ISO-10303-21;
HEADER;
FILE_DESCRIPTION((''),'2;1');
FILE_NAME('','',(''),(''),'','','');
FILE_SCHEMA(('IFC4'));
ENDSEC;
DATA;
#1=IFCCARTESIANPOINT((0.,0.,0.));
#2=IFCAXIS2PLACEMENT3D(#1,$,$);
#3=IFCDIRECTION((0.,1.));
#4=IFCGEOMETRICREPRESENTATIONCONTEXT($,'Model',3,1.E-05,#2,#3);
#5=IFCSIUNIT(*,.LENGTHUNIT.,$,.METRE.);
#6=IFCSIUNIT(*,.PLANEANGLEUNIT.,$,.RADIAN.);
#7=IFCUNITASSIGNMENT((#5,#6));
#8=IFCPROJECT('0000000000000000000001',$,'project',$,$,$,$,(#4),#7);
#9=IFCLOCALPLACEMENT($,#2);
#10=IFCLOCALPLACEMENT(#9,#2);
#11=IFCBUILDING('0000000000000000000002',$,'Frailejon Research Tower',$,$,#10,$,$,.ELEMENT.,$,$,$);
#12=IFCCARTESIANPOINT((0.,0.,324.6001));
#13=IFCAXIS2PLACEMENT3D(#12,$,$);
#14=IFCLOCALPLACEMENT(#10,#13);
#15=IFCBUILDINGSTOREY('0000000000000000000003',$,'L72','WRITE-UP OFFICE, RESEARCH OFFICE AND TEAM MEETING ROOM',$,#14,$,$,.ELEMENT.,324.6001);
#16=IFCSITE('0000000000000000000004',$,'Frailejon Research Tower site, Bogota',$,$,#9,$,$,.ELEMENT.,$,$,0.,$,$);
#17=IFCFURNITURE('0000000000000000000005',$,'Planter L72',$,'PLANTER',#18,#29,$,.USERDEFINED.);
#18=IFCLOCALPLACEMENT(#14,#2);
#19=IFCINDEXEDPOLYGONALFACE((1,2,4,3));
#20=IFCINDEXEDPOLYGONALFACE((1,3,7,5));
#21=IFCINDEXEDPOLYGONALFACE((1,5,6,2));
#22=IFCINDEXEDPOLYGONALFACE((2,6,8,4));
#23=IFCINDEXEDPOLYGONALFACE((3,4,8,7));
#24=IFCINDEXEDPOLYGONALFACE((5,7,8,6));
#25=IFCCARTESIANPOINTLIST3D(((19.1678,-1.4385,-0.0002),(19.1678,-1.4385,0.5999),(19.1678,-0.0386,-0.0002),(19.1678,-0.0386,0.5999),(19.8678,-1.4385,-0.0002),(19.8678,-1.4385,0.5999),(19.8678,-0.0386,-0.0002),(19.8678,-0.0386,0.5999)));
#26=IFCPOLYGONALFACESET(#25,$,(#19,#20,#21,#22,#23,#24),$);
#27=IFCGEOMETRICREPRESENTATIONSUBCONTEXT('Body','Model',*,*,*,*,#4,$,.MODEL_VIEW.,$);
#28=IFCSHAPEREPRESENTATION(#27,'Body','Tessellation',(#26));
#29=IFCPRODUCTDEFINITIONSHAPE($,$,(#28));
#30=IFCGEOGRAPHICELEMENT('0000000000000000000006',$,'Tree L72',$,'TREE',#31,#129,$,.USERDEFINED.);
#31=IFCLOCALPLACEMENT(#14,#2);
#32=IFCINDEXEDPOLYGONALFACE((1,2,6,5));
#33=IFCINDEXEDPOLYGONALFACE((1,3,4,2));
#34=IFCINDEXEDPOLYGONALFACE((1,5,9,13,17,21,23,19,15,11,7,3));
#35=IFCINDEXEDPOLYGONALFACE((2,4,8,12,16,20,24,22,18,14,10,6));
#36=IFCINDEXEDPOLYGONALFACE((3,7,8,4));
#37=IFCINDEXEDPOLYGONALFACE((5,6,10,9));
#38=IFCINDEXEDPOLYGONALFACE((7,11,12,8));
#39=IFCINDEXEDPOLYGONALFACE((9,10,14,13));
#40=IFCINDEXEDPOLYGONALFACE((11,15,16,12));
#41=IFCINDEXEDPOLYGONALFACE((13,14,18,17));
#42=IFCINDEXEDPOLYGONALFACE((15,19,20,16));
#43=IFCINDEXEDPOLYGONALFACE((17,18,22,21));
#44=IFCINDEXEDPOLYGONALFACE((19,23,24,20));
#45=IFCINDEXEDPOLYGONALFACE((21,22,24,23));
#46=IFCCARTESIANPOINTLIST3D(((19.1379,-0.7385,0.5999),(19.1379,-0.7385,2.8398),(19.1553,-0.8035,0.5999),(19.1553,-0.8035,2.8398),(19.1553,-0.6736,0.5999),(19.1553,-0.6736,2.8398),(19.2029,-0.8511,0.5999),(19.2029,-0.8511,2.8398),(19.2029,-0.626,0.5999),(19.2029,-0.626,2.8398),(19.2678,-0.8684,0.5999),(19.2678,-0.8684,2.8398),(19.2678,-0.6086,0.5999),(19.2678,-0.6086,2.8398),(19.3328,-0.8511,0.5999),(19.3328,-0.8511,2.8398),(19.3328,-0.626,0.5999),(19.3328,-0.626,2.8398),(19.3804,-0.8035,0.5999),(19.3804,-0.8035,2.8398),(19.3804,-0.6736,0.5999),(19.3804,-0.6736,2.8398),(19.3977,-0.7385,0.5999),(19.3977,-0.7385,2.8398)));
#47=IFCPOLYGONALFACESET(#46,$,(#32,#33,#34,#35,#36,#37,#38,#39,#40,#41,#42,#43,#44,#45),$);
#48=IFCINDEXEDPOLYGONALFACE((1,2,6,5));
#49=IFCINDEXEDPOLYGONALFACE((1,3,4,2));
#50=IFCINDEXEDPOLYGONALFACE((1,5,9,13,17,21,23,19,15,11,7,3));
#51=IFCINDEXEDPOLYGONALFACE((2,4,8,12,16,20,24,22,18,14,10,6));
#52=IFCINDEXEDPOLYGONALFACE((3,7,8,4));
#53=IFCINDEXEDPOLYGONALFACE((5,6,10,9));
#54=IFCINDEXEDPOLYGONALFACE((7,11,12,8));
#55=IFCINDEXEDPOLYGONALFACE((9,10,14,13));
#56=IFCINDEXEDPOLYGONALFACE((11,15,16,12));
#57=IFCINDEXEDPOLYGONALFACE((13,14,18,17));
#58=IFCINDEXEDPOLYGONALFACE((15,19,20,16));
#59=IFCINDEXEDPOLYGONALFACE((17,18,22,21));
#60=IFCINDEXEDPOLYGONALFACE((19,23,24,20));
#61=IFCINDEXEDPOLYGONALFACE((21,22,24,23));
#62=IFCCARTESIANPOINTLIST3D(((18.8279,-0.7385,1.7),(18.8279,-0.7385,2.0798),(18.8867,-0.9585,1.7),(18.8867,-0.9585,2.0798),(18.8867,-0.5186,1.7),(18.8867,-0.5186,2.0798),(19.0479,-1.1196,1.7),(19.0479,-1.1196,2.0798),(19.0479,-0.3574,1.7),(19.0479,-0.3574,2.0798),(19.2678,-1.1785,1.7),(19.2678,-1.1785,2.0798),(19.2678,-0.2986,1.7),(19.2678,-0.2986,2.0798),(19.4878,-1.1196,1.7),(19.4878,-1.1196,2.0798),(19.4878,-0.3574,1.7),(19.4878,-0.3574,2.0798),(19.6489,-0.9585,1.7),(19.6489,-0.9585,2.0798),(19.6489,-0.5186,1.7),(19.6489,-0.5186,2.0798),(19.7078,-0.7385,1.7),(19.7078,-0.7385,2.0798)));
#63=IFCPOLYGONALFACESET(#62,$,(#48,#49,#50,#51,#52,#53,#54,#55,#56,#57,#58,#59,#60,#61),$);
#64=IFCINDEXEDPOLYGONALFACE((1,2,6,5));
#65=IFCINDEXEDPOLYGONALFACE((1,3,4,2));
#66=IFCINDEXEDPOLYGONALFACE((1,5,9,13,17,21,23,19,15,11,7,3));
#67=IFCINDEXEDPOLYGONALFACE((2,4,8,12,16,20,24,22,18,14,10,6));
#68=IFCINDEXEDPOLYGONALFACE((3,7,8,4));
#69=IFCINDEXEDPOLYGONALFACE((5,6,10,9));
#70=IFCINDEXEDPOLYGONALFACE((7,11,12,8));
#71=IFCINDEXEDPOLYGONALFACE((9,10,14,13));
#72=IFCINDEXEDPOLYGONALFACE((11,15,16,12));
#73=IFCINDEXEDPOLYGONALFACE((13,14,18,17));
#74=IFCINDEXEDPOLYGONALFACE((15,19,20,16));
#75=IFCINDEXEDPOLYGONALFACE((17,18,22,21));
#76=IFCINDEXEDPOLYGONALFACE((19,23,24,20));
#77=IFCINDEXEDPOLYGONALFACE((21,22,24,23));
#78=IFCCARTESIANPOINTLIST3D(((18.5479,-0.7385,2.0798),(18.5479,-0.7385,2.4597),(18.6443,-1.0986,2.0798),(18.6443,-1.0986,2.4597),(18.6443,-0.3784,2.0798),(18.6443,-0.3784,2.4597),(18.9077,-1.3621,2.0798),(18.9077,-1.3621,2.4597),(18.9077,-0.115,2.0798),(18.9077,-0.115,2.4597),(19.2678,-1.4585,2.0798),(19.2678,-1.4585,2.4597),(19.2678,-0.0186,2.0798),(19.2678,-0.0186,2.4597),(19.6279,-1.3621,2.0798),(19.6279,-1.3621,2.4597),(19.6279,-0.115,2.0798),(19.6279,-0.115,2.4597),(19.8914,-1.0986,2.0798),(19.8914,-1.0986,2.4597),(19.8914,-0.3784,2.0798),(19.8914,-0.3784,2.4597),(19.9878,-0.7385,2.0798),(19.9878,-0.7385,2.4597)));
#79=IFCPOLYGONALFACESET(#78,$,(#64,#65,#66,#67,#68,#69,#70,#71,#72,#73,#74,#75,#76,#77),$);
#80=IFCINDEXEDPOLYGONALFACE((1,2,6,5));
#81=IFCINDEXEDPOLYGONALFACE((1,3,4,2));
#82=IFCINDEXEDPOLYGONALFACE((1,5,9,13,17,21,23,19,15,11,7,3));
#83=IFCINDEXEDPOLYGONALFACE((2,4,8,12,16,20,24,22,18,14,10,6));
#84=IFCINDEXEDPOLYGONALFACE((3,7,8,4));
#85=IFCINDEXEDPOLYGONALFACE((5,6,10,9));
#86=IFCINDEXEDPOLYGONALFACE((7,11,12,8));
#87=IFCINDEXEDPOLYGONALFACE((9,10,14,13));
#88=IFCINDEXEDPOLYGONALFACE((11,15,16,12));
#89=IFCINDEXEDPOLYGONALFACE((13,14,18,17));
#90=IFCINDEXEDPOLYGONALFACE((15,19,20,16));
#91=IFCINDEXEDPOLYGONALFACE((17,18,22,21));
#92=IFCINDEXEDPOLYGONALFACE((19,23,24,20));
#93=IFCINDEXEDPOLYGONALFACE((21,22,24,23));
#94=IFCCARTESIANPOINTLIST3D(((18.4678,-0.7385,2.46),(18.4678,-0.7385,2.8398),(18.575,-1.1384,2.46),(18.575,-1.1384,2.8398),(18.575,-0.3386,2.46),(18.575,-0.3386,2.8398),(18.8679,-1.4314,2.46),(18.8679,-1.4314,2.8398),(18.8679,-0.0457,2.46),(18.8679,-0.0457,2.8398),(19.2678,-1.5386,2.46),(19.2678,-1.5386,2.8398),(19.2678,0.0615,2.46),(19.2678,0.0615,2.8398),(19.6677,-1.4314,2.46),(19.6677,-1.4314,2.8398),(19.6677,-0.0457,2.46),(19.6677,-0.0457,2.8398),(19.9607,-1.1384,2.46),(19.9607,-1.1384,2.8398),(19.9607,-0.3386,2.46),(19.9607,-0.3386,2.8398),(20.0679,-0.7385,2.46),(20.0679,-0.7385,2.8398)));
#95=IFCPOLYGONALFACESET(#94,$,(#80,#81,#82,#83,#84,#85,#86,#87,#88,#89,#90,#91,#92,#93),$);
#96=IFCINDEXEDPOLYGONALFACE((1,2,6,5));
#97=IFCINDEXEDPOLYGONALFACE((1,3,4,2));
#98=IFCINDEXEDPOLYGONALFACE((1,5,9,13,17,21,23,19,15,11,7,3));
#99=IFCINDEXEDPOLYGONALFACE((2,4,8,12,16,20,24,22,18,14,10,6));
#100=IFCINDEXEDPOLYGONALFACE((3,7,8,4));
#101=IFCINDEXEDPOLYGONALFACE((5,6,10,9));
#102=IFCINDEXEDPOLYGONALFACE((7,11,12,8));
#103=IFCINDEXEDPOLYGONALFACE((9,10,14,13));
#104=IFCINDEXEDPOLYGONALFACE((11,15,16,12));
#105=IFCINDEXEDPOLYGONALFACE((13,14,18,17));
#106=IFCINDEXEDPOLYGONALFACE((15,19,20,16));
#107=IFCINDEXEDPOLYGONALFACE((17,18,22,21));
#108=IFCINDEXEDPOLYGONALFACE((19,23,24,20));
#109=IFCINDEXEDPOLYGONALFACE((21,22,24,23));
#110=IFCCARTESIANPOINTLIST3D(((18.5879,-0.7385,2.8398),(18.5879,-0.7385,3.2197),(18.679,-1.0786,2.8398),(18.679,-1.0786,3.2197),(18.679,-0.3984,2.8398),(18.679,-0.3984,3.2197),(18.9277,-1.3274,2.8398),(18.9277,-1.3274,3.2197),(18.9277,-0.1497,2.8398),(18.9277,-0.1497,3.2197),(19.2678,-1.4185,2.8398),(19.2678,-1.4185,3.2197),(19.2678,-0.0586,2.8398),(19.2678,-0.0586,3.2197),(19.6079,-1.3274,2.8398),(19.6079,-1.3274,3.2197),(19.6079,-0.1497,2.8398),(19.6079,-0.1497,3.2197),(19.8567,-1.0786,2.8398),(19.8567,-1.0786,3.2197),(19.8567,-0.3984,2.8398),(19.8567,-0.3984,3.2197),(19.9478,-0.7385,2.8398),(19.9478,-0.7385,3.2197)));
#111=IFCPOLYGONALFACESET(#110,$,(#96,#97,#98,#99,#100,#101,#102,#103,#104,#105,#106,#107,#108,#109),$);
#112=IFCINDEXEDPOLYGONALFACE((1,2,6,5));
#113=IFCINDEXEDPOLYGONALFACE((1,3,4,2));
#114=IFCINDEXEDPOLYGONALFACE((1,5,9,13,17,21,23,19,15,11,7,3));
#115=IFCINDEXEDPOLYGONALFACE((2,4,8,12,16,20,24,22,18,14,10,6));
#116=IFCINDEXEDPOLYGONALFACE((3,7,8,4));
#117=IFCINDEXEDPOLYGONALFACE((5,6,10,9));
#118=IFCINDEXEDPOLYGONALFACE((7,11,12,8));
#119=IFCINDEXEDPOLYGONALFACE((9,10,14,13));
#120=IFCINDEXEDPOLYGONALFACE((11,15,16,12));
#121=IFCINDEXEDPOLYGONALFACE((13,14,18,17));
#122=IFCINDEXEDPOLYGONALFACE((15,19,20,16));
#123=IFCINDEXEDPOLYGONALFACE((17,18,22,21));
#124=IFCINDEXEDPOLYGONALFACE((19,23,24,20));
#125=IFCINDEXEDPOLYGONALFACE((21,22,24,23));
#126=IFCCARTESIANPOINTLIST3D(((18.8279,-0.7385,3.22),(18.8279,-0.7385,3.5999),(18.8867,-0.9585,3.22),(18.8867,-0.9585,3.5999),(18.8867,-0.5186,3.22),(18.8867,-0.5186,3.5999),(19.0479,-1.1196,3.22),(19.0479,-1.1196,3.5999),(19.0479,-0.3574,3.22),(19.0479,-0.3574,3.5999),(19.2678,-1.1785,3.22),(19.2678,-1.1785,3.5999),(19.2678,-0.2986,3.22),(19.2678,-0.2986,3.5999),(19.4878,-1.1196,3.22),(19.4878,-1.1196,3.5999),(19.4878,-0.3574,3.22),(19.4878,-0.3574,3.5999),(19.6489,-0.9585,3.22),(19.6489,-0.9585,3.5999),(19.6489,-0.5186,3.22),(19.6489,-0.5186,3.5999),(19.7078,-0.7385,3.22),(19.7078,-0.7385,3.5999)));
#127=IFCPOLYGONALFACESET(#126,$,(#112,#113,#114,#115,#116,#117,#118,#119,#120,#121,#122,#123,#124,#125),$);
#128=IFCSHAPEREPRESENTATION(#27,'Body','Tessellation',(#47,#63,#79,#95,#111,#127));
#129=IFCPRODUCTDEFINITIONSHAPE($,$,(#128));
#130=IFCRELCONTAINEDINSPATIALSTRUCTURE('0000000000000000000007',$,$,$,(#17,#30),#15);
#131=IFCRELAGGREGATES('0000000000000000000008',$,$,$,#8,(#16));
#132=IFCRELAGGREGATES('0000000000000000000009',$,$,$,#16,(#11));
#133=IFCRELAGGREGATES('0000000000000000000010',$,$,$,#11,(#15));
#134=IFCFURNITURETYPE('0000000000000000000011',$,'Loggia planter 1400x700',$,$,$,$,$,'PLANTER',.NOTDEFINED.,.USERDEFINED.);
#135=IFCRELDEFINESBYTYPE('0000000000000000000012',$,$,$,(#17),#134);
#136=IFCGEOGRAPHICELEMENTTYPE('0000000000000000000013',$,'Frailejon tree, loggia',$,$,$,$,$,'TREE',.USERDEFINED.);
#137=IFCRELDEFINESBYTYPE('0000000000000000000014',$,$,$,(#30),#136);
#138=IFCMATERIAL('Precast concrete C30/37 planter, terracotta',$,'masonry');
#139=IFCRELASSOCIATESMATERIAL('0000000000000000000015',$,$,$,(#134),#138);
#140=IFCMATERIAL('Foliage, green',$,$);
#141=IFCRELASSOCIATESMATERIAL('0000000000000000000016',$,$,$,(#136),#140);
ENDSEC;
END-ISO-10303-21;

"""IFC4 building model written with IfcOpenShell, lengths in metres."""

from ifc_helpers import new_model, si_unit, direction, frame, origin, origin_2d, place, context, subcontext, project, spatial, polyline, rectangle, outline, extrude, material, type_object, element, save


model = new_model("IFC4")

# Units and contexts
model_context = context("Model", 3, precision=1e-05, world=origin(), true_north=direction((0.0, 1.0)))
body_context = subcontext(model_context, "Body", "Model", "MODEL_VIEW")
ifc_project = project(units=[si_unit("LENGTHUNIT", "METRE"), si_unit("PLANEANGLEUNIT", "RADIAN")], contexts=[model_context])

# Site, building, storey
site_placement = place(None, origin())
site = spatial("IfcSite", under=ifc_project, at=site_placement, Name="Frailejon Research Tower site, Bogota", CompositionType="ELEMENT", RefElevation=0.0)
building_placement = place(site_placement, origin())
building = spatial("IfcBuilding", under=site, at=building_placement, Name="Frailejon Research Tower", CompositionType="ELEMENT")
storey_placement = place(building_placement, frame((0.0, 0.0, 324.6001)))
storey = spatial("IfcBuildingStorey", under=building, at=storey_placement, Name="L72", Description="WRITE-UP OFFICE, RESEARCH OFFICE AND TEAM MEETING ROOM", CompositionType="ELEMENT", Elevation=324.6001)

# Furniture
ifc_material_1 = material(Name="Precast concrete C30/37 planter, terracotta", Category="masonry")
furniture_type = type_object("IfcFurnitureType", Name="Loggia planter 1400x700", ElementType="PLANTER", AssemblyPlace="NOTDEFINED", PredefinedType="USERDEFINED", material=ifc_material_1)
furniture_placement = place(storey_placement, frame((19.5178, -0.7385, -0.0002), z_axis=(0.0, 0.0, 1.0), x_axis=(0.0, 1.0, 0.0)))
element("IfcFurniture", 1, at=furniture_placement, inside=storey, type_object=furniture_type, Name="Planter L72", ObjectType="PLANTER", PredefinedType="USERDEFINED", context=body_context, shape_type="SweptSolid", body=[
    extrude(rectangle(XDim=1.3999, YDim=0.7, at=origin_2d()), origin(), (0.0, 0.0, 1.0), 0.6001),
])

# Geographic element
ifc_material_2 = material(Name="Foliage, green")
geographic_element_type = type_object("IfcGeographicElementType", Name="Frailejon tree, loggia", ElementType="TREE", PredefinedType="USERDEFINED", material=ifc_material_2)
geographic_element_placement = place(storey_placement, frame((19.2678, -0.7385, 0.5999)))
element("IfcGeographicElement", 2, at=geographic_element_placement, inside=storey, type_object=geographic_element_type, Name="Tree L72", ObjectType="TREE", PredefinedType="USERDEFINED", context=body_context, shape_type="SweptSolid", body=[
    extrude(outline(polyline([(0.1299, 0.0), (0.1125, 0.0649), (0.0649, 0.1125), (0.0, 0.1299), (-0.0649, 0.1125), (-0.1125, 0.0649), (-0.1299, 0.0), (-0.1125, -0.0649), (-0.0649, -0.1125), (0.0, -0.1299), (0.0649, -0.1125), (0.1125, -0.0649), (0.1299, 0.0)])), origin(), (0.0, 0.0, 1.0), 2.24),
    extrude(outline(polyline([(0.4399, 0.0), (0.3811, 0.22), (0.22, 0.3811), (0.0, 0.4399), (-0.22, 0.3811), (-0.3811, 0.22), (-0.4399, 0.0), (-0.3811, -0.22), (-0.22, -0.3811), (0.0, -0.4399), (0.22, -0.3811), (0.3811, -0.22), (0.4399, 0.0)])), frame((0.0, 0.0, 1.1001)), (0.0, 0.0, 1.0), 0.3799),
    extrude(outline(polyline([(0.72, 0.0), (0.6235, 0.3601), (0.3601, 0.6235), (0.0, 0.72), (-0.3601, 0.6235), (-0.6235, 0.3601), (-0.72, 0.0), (-0.6235, -0.3601), (-0.3601, -0.6235), (0.0, -0.72), (0.3601, -0.6235), (0.6235, -0.3601), (0.72, 0.0)])), frame((0.0, 0.0, 1.48)), (0.0, 0.0, 1.0), 0.3799),
    extrude(outline(polyline([(0.8, 0.0), (0.6929, 0.3999), (0.3999, 0.6929), (0.0, 0.8), (-0.3999, 0.6929), (-0.6929, 0.3999), (-0.8, 0.0), (-0.6929, -0.3999), (-0.3999, -0.6929), (0.0, -0.8), (0.3999, -0.6929), (0.6929, -0.3999), (0.8, 0.0)])), frame((0.0, 0.0, 1.8601)), (0.0, 0.0, 1.0), 0.3799),
    extrude(outline(polyline([(0.6799, 0.0), (0.5889, 0.3401), (0.3401, 0.5889), (0.0, 0.6799), (-0.3401, 0.5889), (-0.5889, 0.3401), (-0.6799, 0.0), (-0.5889, -0.3401), (-0.3401, -0.5889), (0.0, -0.6799), (0.3401, -0.5889), (0.5889, -0.3401), (0.6799, 0.0)])), frame((0.0, 0.0, 2.24)), (0.0, 0.0, 1.0), 0.3799),
    extrude(outline(polyline([(0.4399, 0.0), (0.3811, 0.22), (0.22, 0.3811), (0.0, 0.4399), (-0.22, 0.3811), (-0.3811, 0.22), (-0.4399, 0.0), (-0.3811, -0.22), (-0.22, -0.3811), (0.0, -0.4399), (0.22, -0.3811), (0.3811, -0.22), (0.4399, 0.0)])), frame((0.0, 0.0, 2.6201)), (0.0, 0.0, 1.0), 0.3799),
])

save(model, "model.ifc")
